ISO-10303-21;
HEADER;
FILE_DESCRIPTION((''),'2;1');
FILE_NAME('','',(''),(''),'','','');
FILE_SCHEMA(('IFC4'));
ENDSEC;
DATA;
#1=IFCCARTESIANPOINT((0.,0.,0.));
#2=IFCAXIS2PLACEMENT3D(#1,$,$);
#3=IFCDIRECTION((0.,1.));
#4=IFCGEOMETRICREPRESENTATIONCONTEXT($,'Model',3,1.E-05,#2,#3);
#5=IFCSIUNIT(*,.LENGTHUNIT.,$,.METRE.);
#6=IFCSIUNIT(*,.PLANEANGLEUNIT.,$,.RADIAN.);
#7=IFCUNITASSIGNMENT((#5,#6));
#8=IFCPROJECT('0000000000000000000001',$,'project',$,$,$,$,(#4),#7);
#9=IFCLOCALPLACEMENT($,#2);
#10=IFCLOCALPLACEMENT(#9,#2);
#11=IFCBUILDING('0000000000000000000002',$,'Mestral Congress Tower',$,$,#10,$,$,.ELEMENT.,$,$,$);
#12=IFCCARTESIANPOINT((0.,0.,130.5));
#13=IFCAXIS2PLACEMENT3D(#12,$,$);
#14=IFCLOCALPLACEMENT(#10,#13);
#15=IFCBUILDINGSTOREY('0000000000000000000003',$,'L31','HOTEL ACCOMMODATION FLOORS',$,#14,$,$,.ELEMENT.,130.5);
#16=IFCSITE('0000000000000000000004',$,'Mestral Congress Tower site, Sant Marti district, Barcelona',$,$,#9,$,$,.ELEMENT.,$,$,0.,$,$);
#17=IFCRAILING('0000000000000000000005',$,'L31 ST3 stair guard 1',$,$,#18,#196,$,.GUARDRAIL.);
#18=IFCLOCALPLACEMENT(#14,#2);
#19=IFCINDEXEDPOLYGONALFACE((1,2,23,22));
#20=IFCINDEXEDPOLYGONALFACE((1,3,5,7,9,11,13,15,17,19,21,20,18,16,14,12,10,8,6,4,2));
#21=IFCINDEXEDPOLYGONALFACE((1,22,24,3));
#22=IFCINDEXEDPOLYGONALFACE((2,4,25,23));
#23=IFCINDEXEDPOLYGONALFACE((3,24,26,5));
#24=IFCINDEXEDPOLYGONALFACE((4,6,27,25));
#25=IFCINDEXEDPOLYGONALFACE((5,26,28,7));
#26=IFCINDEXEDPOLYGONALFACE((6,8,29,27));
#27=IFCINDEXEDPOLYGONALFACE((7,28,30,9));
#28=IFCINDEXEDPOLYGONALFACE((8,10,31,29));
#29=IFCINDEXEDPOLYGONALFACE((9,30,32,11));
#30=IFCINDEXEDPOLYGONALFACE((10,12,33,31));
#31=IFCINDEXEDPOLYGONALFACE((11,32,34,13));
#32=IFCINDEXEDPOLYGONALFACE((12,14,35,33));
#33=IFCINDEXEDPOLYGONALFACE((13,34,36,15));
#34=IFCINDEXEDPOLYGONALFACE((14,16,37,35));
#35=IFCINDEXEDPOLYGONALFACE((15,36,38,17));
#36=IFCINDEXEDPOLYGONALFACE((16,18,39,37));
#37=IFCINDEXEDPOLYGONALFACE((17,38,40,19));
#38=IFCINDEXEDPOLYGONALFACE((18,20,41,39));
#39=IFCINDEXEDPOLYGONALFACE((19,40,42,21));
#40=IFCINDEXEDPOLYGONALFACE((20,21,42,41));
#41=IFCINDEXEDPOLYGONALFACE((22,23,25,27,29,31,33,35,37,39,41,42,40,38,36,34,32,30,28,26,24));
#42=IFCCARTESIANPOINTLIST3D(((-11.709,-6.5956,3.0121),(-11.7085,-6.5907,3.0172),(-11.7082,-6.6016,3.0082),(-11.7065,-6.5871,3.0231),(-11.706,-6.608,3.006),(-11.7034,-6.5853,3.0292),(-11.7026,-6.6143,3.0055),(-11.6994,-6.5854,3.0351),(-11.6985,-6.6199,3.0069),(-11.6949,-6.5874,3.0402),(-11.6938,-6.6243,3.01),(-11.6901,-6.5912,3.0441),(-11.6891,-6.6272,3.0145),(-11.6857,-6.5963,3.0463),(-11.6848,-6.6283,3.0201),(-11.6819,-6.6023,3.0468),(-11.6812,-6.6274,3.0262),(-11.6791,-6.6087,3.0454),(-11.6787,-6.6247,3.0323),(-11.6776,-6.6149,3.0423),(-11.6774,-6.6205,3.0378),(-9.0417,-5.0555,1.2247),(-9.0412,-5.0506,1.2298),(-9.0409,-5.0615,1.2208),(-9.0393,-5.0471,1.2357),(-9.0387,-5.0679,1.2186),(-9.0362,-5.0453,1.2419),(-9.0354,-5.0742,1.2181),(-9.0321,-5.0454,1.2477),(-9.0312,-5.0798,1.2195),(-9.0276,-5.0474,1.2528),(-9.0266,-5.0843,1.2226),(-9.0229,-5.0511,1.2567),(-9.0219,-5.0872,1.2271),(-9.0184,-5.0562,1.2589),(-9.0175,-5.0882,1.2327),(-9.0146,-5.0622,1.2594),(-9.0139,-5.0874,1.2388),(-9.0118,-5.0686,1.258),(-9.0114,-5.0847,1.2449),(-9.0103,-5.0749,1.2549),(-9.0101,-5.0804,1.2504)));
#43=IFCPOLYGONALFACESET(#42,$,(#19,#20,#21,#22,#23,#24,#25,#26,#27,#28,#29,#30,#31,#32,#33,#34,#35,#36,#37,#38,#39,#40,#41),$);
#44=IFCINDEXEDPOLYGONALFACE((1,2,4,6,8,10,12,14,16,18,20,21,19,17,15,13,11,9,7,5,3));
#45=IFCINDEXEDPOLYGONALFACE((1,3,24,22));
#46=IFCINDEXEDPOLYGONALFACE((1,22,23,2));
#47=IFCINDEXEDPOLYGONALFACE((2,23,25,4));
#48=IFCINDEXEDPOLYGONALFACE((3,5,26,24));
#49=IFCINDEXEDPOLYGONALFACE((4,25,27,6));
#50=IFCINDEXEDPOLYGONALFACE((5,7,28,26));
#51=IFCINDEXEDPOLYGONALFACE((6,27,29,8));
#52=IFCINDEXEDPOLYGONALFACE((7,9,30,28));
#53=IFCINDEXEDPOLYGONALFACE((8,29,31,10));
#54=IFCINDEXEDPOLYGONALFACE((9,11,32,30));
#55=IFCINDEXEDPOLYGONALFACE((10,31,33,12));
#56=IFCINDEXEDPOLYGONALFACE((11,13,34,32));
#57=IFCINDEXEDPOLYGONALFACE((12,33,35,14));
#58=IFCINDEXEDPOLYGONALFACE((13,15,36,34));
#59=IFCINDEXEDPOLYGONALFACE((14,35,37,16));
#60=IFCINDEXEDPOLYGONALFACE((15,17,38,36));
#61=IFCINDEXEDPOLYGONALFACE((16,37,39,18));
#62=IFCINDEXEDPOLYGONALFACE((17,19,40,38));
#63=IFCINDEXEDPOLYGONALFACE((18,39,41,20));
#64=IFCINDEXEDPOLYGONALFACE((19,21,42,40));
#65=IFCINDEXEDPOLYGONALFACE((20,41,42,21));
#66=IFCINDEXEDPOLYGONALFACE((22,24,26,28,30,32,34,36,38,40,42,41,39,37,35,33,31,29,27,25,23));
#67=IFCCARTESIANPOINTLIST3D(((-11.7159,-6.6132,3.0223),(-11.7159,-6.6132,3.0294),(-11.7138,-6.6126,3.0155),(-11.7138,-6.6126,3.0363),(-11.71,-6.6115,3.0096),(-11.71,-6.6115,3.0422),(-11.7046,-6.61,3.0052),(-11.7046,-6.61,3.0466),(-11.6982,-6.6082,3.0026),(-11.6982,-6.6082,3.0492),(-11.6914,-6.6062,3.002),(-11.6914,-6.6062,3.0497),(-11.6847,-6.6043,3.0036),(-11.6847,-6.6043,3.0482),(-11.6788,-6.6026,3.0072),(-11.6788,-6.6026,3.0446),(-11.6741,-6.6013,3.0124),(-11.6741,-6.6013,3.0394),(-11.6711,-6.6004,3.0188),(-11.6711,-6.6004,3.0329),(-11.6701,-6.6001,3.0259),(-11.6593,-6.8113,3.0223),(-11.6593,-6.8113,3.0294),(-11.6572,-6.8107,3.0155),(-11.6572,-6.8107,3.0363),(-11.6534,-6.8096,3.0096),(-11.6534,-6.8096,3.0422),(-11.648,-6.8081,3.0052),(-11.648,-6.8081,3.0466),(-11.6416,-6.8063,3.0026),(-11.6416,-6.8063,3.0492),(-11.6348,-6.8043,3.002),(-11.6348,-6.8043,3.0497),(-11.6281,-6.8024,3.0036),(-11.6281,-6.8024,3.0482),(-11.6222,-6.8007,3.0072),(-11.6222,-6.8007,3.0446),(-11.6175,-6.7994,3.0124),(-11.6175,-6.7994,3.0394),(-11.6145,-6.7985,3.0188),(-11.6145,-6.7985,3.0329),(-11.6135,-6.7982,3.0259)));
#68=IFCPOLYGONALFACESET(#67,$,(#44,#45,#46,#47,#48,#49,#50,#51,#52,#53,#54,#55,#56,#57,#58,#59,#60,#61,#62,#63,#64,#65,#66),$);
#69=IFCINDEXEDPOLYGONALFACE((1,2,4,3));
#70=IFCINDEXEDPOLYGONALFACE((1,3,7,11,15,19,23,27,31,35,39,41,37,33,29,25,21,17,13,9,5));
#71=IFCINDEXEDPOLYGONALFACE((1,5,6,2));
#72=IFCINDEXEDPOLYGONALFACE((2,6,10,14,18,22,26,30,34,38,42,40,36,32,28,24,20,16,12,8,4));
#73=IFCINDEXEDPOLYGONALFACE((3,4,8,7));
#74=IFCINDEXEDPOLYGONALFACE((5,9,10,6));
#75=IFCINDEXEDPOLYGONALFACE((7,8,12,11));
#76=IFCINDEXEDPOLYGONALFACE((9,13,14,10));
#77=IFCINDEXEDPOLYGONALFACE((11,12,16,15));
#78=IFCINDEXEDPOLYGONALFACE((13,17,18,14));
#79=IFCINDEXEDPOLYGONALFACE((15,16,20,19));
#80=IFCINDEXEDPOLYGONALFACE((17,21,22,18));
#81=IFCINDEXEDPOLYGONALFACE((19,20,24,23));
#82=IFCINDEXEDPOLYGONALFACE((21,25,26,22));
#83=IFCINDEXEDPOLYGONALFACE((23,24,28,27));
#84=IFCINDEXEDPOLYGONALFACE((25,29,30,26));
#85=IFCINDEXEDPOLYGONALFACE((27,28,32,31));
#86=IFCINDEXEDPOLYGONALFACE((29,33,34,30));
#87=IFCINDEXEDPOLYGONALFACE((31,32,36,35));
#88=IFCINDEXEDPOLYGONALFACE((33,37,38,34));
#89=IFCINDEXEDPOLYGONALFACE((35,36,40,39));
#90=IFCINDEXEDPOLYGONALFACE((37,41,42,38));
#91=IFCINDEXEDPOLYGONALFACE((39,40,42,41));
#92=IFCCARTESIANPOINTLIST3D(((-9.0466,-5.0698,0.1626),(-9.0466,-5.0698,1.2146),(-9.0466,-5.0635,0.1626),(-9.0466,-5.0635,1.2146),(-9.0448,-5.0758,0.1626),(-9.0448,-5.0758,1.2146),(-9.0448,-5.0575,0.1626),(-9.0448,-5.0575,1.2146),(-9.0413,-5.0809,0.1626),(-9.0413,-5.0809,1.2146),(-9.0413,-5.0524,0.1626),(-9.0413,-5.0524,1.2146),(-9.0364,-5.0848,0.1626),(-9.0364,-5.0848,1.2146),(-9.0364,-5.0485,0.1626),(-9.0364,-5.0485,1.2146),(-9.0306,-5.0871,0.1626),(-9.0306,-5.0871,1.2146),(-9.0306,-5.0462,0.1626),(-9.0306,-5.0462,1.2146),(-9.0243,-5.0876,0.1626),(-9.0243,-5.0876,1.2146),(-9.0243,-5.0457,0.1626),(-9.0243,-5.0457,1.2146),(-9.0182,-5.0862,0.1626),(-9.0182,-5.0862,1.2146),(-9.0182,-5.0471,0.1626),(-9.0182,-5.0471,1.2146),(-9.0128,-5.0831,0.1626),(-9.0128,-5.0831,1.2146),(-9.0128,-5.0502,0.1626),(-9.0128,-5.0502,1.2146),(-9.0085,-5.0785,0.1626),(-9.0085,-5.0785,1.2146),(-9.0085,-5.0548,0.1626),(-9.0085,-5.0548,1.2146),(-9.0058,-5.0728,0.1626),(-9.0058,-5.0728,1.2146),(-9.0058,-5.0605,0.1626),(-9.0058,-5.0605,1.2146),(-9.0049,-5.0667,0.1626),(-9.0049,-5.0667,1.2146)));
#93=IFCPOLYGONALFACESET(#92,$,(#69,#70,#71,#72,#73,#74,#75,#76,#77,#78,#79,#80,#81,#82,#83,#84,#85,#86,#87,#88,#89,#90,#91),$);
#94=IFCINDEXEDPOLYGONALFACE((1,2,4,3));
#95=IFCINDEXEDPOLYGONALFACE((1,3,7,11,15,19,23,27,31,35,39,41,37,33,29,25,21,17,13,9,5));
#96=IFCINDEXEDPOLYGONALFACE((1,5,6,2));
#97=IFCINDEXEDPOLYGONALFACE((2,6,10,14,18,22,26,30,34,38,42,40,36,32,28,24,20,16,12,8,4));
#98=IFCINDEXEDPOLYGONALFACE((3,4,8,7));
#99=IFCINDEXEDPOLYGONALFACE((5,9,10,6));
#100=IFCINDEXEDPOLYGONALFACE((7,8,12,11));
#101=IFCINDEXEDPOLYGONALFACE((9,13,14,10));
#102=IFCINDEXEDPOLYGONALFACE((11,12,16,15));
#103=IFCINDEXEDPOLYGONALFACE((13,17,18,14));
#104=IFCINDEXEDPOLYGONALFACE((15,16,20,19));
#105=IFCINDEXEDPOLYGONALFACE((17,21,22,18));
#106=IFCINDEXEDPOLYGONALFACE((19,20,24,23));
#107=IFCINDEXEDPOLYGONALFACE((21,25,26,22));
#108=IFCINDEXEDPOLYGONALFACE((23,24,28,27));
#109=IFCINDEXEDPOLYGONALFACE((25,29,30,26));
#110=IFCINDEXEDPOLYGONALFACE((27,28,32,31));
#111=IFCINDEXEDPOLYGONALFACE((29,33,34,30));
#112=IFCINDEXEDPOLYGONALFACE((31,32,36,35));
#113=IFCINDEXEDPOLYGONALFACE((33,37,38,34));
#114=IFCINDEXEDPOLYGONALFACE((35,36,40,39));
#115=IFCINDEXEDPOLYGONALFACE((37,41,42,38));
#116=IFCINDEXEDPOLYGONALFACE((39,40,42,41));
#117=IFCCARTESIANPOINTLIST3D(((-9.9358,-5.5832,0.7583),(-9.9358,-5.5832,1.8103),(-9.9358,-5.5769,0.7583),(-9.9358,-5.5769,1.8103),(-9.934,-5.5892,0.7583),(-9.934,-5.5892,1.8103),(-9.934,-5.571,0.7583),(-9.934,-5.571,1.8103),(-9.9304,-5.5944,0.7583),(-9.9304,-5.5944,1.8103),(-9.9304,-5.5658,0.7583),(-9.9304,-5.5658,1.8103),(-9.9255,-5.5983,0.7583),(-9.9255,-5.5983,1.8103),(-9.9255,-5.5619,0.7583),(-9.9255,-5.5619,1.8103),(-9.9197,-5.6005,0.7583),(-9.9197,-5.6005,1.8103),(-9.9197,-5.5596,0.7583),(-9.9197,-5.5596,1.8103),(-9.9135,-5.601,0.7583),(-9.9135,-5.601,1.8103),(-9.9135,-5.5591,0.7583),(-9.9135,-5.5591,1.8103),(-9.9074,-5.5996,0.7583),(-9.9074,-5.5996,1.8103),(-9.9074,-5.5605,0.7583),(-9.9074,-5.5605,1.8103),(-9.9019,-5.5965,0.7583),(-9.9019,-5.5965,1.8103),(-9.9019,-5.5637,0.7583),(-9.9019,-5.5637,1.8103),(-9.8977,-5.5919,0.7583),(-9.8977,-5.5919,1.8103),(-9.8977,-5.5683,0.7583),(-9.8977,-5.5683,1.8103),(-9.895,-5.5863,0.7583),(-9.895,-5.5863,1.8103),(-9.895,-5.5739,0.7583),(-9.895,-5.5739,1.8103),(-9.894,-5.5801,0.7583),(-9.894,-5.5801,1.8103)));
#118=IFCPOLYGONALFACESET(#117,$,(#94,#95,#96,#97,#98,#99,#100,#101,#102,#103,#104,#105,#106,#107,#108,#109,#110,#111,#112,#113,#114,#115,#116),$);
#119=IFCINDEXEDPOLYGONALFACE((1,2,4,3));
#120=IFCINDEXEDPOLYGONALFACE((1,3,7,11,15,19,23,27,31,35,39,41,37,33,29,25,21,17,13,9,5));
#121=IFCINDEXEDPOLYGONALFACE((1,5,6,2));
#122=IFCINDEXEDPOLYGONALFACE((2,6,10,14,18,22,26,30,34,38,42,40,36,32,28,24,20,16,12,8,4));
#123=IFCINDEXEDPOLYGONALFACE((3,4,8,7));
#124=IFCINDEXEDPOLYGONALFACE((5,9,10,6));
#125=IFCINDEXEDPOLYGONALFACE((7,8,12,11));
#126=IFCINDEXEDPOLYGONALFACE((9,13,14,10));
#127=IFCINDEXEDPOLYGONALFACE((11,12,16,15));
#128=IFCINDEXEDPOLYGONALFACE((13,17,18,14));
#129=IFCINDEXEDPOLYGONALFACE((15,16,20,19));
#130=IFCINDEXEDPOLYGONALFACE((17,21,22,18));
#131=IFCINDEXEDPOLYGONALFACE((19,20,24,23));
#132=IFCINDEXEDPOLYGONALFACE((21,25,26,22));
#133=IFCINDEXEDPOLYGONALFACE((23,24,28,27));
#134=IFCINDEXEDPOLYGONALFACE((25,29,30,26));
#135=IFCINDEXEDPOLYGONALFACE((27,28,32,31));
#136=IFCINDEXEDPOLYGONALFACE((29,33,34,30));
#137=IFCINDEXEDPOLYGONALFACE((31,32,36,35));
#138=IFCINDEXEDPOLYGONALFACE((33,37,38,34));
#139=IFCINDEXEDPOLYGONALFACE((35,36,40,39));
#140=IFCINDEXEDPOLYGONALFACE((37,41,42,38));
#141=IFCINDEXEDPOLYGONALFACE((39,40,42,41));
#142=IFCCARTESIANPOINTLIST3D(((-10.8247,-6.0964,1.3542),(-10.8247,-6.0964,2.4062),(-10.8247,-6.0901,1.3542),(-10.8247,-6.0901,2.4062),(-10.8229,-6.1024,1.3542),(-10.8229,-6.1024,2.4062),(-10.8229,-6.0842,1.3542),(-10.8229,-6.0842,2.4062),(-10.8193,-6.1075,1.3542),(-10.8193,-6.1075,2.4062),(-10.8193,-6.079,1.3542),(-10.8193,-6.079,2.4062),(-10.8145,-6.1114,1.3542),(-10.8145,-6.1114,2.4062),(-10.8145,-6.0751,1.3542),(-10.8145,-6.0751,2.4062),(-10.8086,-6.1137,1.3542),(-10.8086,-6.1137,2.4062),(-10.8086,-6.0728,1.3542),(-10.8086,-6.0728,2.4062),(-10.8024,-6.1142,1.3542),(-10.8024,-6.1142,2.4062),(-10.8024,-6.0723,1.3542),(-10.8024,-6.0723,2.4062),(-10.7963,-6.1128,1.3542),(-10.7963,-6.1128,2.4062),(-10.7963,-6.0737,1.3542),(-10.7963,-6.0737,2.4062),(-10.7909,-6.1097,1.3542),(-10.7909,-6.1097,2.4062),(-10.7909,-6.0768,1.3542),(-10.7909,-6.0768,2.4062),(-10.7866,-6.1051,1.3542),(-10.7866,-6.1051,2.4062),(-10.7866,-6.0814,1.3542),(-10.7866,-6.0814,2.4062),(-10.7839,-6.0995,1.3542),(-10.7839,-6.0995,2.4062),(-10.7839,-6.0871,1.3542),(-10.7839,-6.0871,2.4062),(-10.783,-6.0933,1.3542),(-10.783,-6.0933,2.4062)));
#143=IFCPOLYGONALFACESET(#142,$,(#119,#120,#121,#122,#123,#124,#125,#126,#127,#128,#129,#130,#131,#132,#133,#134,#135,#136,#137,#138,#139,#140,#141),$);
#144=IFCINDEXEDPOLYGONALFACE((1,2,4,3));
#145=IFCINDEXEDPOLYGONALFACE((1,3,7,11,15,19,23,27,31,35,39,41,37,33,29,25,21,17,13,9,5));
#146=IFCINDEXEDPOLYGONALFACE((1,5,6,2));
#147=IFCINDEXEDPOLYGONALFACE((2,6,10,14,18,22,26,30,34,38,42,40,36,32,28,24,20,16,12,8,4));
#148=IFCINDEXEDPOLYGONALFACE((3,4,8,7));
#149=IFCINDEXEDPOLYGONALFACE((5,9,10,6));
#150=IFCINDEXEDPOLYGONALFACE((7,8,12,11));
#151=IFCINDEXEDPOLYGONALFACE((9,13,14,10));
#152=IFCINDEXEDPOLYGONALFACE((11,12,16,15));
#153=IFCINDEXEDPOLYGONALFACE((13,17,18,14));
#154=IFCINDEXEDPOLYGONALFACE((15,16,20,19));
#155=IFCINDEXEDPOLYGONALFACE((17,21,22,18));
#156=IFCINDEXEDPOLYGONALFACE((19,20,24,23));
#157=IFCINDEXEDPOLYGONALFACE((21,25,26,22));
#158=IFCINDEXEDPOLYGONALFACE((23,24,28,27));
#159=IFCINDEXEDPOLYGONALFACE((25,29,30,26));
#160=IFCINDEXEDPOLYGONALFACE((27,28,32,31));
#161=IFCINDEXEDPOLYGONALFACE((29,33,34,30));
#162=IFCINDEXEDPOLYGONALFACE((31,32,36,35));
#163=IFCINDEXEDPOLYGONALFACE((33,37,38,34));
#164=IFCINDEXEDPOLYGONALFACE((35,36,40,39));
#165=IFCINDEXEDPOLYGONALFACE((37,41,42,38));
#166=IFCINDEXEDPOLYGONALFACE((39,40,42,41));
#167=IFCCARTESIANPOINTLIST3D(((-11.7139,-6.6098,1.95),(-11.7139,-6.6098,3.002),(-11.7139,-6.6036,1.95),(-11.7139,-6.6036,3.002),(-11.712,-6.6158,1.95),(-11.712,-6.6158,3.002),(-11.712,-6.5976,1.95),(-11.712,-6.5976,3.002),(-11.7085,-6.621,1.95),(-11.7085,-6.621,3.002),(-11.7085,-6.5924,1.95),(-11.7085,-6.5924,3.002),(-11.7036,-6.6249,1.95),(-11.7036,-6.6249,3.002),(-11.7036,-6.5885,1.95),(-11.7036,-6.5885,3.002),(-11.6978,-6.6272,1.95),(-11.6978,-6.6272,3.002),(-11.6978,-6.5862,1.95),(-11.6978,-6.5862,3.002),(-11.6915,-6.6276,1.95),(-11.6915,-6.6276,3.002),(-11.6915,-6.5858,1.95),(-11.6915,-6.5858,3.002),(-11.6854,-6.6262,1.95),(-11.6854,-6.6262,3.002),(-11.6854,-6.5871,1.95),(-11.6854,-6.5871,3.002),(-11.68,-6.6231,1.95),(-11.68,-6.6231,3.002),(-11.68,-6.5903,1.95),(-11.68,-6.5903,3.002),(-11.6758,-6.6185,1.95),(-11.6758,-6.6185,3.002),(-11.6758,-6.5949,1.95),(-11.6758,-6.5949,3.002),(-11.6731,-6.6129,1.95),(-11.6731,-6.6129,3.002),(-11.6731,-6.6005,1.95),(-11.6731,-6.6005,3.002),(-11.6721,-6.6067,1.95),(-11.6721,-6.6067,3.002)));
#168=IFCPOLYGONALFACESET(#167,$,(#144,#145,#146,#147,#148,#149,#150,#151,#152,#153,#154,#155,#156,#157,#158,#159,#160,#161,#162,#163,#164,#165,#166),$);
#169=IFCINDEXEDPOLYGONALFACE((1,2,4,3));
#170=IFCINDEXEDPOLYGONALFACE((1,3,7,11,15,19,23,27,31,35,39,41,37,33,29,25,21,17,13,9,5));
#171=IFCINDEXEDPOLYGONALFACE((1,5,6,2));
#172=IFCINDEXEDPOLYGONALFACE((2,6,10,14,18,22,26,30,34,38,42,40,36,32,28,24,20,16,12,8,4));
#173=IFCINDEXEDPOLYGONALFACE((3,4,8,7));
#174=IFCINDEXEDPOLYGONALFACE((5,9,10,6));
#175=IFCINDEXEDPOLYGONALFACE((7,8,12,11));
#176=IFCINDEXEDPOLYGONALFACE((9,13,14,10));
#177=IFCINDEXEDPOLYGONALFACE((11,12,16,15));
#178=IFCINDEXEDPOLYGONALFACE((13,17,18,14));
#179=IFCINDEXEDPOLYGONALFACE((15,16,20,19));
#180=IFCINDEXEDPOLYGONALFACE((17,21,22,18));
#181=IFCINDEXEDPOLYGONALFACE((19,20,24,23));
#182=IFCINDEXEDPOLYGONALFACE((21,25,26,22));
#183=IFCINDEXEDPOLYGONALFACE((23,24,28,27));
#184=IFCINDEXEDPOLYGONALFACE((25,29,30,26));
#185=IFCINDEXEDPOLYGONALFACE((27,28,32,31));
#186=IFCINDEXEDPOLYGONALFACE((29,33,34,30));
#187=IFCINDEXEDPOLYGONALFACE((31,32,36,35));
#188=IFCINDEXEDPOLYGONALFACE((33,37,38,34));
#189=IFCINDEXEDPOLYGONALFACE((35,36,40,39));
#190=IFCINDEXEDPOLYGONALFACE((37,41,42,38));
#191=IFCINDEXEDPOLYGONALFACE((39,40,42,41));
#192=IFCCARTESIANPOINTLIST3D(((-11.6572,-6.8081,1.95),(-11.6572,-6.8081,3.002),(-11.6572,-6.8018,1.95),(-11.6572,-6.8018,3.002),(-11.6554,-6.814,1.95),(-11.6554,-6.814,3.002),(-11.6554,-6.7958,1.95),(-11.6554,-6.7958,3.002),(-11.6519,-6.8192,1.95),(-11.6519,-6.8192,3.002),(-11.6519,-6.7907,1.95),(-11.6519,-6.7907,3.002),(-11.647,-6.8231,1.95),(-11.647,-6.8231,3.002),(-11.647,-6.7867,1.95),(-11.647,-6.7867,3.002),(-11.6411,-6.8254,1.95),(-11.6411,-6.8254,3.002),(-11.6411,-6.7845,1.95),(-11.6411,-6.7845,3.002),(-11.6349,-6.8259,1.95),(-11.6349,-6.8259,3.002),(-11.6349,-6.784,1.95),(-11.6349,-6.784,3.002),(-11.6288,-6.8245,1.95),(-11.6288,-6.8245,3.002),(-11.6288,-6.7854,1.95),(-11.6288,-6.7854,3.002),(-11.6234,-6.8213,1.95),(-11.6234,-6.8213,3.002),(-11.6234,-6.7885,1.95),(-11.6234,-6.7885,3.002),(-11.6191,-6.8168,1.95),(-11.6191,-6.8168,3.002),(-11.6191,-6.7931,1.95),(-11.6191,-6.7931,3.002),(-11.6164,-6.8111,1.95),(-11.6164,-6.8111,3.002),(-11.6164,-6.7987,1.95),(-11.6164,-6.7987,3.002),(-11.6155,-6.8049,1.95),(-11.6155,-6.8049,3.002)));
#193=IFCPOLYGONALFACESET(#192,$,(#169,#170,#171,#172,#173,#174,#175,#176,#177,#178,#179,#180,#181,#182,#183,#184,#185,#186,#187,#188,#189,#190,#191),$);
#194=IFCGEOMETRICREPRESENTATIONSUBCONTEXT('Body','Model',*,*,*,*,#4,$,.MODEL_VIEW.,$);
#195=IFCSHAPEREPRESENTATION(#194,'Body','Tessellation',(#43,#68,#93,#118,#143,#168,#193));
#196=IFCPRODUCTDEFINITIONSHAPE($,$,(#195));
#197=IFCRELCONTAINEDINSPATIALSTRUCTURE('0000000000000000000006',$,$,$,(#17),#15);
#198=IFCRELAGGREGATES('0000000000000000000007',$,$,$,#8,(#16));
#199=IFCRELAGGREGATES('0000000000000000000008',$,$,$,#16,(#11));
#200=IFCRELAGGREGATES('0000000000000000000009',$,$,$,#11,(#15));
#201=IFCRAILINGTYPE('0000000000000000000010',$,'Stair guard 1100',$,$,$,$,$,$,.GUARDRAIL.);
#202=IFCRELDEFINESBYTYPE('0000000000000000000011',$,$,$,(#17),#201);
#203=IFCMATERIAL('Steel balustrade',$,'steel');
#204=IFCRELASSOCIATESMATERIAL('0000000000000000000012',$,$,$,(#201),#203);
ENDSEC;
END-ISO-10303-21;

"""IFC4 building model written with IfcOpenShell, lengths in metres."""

from ifc_helpers import new_model, si_unit, direction, frame, origin, origin_2d, place, context, subcontext, project, spatial, circle, extrude, material, type_object, element, save


model = new_model("IFC4")

# Units and contexts
model_context = context("Model", 3, precision=1e-05, world=origin(), true_north=direction((0.0, 1.0)))
body_context = subcontext(model_context, "Body", "Model", "MODEL_VIEW")
ifc_project = project(units=[si_unit("LENGTHUNIT", "METRE"), si_unit("PLANEANGLEUNIT", "RADIAN")], contexts=[model_context])

# Site, building, storey
site_placement = place(None, origin())
site = spatial("IfcSite", under=ifc_project, at=site_placement, Name="Mestral Congress Tower site, Sant Marti district, Barcelona", CompositionType="ELEMENT", RefElevation=0.0)
building_placement = place(site_placement, origin())
building = spatial("IfcBuilding", under=site, at=building_placement, Name="Mestral Congress Tower", CompositionType="ELEMENT")
storey_placement = place(building_placement, frame((0.0, 0.0, 130.5)))
storey = spatial("IfcBuildingStorey", under=building, at=storey_placement, Name="L31", Description="HOTEL ACCOMMODATION FLOORS", CompositionType="ELEMENT", Elevation=130.5)

# Railing
ifc_material_1 = material(Name="Steel balustrade", Category="steel")
railing_type_1 = type_object("IfcRailingType", Name="Stair guard 1100", PredefinedType="GUARDRAIL", material=ifc_material_1)
railing_1_placement = place(storey_placement, frame((-9.0259, -5.0667, 0.1626)))
element("IfcRailing", 1, at=railing_1_placement, inside=storey, type_object=railing_type_1, Name="L31 ST3 stair guard 1", PredefinedType="GUARDRAIL", context=body_context, shape_type="SweptSolid", body=[
    extrude(circle(Radius=0.0239, at=origin_2d()), frame((0.0, 0.0, 1.0762), z_axis=(-0.74902, -0.432477, 0.501929), x_axis=(0.500027, -0.86601, 0.0)), (0.0, 0.0, 1.0), 3.561),
    extrude(circle(Radius=0.0239, at=origin_2d()), frame((-2.6672, -1.54, 2.8633), z_axis=(0.274721, -0.961524, 0.0), x_axis=(0.961524, 0.274721, 0.0)), (0.0, 0.0, 1.0), 0.2061),
    extrude(circle(Radius=0.021, at=origin_2d()), origin(), (0.0, 0.0, 1.0), 1.052),
    extrude(circle(Radius=0.021, at=origin_2d()), frame((-0.8892, -0.5134, 0.5957)), (0.0, 0.0, 1.0), 1.052),
    extrude(circle(Radius=0.021, at=origin_2d()), frame((-1.7781, -1.0266, 1.1917)), (0.0, 0.0, 1.0), 1.052),
    extrude(circle(Radius=0.021, at=origin_2d()), frame((-2.6672, -1.54, 1.7874)), (0.0, 0.0, 1.0), 1.052),
    extrude(circle(Radius=0.021, at=origin_2d()), frame((-2.6106, -1.7383, 1.7874)), (0.0, 0.0, 1.0), 1.052),
])

save(model, "model.ifc")
